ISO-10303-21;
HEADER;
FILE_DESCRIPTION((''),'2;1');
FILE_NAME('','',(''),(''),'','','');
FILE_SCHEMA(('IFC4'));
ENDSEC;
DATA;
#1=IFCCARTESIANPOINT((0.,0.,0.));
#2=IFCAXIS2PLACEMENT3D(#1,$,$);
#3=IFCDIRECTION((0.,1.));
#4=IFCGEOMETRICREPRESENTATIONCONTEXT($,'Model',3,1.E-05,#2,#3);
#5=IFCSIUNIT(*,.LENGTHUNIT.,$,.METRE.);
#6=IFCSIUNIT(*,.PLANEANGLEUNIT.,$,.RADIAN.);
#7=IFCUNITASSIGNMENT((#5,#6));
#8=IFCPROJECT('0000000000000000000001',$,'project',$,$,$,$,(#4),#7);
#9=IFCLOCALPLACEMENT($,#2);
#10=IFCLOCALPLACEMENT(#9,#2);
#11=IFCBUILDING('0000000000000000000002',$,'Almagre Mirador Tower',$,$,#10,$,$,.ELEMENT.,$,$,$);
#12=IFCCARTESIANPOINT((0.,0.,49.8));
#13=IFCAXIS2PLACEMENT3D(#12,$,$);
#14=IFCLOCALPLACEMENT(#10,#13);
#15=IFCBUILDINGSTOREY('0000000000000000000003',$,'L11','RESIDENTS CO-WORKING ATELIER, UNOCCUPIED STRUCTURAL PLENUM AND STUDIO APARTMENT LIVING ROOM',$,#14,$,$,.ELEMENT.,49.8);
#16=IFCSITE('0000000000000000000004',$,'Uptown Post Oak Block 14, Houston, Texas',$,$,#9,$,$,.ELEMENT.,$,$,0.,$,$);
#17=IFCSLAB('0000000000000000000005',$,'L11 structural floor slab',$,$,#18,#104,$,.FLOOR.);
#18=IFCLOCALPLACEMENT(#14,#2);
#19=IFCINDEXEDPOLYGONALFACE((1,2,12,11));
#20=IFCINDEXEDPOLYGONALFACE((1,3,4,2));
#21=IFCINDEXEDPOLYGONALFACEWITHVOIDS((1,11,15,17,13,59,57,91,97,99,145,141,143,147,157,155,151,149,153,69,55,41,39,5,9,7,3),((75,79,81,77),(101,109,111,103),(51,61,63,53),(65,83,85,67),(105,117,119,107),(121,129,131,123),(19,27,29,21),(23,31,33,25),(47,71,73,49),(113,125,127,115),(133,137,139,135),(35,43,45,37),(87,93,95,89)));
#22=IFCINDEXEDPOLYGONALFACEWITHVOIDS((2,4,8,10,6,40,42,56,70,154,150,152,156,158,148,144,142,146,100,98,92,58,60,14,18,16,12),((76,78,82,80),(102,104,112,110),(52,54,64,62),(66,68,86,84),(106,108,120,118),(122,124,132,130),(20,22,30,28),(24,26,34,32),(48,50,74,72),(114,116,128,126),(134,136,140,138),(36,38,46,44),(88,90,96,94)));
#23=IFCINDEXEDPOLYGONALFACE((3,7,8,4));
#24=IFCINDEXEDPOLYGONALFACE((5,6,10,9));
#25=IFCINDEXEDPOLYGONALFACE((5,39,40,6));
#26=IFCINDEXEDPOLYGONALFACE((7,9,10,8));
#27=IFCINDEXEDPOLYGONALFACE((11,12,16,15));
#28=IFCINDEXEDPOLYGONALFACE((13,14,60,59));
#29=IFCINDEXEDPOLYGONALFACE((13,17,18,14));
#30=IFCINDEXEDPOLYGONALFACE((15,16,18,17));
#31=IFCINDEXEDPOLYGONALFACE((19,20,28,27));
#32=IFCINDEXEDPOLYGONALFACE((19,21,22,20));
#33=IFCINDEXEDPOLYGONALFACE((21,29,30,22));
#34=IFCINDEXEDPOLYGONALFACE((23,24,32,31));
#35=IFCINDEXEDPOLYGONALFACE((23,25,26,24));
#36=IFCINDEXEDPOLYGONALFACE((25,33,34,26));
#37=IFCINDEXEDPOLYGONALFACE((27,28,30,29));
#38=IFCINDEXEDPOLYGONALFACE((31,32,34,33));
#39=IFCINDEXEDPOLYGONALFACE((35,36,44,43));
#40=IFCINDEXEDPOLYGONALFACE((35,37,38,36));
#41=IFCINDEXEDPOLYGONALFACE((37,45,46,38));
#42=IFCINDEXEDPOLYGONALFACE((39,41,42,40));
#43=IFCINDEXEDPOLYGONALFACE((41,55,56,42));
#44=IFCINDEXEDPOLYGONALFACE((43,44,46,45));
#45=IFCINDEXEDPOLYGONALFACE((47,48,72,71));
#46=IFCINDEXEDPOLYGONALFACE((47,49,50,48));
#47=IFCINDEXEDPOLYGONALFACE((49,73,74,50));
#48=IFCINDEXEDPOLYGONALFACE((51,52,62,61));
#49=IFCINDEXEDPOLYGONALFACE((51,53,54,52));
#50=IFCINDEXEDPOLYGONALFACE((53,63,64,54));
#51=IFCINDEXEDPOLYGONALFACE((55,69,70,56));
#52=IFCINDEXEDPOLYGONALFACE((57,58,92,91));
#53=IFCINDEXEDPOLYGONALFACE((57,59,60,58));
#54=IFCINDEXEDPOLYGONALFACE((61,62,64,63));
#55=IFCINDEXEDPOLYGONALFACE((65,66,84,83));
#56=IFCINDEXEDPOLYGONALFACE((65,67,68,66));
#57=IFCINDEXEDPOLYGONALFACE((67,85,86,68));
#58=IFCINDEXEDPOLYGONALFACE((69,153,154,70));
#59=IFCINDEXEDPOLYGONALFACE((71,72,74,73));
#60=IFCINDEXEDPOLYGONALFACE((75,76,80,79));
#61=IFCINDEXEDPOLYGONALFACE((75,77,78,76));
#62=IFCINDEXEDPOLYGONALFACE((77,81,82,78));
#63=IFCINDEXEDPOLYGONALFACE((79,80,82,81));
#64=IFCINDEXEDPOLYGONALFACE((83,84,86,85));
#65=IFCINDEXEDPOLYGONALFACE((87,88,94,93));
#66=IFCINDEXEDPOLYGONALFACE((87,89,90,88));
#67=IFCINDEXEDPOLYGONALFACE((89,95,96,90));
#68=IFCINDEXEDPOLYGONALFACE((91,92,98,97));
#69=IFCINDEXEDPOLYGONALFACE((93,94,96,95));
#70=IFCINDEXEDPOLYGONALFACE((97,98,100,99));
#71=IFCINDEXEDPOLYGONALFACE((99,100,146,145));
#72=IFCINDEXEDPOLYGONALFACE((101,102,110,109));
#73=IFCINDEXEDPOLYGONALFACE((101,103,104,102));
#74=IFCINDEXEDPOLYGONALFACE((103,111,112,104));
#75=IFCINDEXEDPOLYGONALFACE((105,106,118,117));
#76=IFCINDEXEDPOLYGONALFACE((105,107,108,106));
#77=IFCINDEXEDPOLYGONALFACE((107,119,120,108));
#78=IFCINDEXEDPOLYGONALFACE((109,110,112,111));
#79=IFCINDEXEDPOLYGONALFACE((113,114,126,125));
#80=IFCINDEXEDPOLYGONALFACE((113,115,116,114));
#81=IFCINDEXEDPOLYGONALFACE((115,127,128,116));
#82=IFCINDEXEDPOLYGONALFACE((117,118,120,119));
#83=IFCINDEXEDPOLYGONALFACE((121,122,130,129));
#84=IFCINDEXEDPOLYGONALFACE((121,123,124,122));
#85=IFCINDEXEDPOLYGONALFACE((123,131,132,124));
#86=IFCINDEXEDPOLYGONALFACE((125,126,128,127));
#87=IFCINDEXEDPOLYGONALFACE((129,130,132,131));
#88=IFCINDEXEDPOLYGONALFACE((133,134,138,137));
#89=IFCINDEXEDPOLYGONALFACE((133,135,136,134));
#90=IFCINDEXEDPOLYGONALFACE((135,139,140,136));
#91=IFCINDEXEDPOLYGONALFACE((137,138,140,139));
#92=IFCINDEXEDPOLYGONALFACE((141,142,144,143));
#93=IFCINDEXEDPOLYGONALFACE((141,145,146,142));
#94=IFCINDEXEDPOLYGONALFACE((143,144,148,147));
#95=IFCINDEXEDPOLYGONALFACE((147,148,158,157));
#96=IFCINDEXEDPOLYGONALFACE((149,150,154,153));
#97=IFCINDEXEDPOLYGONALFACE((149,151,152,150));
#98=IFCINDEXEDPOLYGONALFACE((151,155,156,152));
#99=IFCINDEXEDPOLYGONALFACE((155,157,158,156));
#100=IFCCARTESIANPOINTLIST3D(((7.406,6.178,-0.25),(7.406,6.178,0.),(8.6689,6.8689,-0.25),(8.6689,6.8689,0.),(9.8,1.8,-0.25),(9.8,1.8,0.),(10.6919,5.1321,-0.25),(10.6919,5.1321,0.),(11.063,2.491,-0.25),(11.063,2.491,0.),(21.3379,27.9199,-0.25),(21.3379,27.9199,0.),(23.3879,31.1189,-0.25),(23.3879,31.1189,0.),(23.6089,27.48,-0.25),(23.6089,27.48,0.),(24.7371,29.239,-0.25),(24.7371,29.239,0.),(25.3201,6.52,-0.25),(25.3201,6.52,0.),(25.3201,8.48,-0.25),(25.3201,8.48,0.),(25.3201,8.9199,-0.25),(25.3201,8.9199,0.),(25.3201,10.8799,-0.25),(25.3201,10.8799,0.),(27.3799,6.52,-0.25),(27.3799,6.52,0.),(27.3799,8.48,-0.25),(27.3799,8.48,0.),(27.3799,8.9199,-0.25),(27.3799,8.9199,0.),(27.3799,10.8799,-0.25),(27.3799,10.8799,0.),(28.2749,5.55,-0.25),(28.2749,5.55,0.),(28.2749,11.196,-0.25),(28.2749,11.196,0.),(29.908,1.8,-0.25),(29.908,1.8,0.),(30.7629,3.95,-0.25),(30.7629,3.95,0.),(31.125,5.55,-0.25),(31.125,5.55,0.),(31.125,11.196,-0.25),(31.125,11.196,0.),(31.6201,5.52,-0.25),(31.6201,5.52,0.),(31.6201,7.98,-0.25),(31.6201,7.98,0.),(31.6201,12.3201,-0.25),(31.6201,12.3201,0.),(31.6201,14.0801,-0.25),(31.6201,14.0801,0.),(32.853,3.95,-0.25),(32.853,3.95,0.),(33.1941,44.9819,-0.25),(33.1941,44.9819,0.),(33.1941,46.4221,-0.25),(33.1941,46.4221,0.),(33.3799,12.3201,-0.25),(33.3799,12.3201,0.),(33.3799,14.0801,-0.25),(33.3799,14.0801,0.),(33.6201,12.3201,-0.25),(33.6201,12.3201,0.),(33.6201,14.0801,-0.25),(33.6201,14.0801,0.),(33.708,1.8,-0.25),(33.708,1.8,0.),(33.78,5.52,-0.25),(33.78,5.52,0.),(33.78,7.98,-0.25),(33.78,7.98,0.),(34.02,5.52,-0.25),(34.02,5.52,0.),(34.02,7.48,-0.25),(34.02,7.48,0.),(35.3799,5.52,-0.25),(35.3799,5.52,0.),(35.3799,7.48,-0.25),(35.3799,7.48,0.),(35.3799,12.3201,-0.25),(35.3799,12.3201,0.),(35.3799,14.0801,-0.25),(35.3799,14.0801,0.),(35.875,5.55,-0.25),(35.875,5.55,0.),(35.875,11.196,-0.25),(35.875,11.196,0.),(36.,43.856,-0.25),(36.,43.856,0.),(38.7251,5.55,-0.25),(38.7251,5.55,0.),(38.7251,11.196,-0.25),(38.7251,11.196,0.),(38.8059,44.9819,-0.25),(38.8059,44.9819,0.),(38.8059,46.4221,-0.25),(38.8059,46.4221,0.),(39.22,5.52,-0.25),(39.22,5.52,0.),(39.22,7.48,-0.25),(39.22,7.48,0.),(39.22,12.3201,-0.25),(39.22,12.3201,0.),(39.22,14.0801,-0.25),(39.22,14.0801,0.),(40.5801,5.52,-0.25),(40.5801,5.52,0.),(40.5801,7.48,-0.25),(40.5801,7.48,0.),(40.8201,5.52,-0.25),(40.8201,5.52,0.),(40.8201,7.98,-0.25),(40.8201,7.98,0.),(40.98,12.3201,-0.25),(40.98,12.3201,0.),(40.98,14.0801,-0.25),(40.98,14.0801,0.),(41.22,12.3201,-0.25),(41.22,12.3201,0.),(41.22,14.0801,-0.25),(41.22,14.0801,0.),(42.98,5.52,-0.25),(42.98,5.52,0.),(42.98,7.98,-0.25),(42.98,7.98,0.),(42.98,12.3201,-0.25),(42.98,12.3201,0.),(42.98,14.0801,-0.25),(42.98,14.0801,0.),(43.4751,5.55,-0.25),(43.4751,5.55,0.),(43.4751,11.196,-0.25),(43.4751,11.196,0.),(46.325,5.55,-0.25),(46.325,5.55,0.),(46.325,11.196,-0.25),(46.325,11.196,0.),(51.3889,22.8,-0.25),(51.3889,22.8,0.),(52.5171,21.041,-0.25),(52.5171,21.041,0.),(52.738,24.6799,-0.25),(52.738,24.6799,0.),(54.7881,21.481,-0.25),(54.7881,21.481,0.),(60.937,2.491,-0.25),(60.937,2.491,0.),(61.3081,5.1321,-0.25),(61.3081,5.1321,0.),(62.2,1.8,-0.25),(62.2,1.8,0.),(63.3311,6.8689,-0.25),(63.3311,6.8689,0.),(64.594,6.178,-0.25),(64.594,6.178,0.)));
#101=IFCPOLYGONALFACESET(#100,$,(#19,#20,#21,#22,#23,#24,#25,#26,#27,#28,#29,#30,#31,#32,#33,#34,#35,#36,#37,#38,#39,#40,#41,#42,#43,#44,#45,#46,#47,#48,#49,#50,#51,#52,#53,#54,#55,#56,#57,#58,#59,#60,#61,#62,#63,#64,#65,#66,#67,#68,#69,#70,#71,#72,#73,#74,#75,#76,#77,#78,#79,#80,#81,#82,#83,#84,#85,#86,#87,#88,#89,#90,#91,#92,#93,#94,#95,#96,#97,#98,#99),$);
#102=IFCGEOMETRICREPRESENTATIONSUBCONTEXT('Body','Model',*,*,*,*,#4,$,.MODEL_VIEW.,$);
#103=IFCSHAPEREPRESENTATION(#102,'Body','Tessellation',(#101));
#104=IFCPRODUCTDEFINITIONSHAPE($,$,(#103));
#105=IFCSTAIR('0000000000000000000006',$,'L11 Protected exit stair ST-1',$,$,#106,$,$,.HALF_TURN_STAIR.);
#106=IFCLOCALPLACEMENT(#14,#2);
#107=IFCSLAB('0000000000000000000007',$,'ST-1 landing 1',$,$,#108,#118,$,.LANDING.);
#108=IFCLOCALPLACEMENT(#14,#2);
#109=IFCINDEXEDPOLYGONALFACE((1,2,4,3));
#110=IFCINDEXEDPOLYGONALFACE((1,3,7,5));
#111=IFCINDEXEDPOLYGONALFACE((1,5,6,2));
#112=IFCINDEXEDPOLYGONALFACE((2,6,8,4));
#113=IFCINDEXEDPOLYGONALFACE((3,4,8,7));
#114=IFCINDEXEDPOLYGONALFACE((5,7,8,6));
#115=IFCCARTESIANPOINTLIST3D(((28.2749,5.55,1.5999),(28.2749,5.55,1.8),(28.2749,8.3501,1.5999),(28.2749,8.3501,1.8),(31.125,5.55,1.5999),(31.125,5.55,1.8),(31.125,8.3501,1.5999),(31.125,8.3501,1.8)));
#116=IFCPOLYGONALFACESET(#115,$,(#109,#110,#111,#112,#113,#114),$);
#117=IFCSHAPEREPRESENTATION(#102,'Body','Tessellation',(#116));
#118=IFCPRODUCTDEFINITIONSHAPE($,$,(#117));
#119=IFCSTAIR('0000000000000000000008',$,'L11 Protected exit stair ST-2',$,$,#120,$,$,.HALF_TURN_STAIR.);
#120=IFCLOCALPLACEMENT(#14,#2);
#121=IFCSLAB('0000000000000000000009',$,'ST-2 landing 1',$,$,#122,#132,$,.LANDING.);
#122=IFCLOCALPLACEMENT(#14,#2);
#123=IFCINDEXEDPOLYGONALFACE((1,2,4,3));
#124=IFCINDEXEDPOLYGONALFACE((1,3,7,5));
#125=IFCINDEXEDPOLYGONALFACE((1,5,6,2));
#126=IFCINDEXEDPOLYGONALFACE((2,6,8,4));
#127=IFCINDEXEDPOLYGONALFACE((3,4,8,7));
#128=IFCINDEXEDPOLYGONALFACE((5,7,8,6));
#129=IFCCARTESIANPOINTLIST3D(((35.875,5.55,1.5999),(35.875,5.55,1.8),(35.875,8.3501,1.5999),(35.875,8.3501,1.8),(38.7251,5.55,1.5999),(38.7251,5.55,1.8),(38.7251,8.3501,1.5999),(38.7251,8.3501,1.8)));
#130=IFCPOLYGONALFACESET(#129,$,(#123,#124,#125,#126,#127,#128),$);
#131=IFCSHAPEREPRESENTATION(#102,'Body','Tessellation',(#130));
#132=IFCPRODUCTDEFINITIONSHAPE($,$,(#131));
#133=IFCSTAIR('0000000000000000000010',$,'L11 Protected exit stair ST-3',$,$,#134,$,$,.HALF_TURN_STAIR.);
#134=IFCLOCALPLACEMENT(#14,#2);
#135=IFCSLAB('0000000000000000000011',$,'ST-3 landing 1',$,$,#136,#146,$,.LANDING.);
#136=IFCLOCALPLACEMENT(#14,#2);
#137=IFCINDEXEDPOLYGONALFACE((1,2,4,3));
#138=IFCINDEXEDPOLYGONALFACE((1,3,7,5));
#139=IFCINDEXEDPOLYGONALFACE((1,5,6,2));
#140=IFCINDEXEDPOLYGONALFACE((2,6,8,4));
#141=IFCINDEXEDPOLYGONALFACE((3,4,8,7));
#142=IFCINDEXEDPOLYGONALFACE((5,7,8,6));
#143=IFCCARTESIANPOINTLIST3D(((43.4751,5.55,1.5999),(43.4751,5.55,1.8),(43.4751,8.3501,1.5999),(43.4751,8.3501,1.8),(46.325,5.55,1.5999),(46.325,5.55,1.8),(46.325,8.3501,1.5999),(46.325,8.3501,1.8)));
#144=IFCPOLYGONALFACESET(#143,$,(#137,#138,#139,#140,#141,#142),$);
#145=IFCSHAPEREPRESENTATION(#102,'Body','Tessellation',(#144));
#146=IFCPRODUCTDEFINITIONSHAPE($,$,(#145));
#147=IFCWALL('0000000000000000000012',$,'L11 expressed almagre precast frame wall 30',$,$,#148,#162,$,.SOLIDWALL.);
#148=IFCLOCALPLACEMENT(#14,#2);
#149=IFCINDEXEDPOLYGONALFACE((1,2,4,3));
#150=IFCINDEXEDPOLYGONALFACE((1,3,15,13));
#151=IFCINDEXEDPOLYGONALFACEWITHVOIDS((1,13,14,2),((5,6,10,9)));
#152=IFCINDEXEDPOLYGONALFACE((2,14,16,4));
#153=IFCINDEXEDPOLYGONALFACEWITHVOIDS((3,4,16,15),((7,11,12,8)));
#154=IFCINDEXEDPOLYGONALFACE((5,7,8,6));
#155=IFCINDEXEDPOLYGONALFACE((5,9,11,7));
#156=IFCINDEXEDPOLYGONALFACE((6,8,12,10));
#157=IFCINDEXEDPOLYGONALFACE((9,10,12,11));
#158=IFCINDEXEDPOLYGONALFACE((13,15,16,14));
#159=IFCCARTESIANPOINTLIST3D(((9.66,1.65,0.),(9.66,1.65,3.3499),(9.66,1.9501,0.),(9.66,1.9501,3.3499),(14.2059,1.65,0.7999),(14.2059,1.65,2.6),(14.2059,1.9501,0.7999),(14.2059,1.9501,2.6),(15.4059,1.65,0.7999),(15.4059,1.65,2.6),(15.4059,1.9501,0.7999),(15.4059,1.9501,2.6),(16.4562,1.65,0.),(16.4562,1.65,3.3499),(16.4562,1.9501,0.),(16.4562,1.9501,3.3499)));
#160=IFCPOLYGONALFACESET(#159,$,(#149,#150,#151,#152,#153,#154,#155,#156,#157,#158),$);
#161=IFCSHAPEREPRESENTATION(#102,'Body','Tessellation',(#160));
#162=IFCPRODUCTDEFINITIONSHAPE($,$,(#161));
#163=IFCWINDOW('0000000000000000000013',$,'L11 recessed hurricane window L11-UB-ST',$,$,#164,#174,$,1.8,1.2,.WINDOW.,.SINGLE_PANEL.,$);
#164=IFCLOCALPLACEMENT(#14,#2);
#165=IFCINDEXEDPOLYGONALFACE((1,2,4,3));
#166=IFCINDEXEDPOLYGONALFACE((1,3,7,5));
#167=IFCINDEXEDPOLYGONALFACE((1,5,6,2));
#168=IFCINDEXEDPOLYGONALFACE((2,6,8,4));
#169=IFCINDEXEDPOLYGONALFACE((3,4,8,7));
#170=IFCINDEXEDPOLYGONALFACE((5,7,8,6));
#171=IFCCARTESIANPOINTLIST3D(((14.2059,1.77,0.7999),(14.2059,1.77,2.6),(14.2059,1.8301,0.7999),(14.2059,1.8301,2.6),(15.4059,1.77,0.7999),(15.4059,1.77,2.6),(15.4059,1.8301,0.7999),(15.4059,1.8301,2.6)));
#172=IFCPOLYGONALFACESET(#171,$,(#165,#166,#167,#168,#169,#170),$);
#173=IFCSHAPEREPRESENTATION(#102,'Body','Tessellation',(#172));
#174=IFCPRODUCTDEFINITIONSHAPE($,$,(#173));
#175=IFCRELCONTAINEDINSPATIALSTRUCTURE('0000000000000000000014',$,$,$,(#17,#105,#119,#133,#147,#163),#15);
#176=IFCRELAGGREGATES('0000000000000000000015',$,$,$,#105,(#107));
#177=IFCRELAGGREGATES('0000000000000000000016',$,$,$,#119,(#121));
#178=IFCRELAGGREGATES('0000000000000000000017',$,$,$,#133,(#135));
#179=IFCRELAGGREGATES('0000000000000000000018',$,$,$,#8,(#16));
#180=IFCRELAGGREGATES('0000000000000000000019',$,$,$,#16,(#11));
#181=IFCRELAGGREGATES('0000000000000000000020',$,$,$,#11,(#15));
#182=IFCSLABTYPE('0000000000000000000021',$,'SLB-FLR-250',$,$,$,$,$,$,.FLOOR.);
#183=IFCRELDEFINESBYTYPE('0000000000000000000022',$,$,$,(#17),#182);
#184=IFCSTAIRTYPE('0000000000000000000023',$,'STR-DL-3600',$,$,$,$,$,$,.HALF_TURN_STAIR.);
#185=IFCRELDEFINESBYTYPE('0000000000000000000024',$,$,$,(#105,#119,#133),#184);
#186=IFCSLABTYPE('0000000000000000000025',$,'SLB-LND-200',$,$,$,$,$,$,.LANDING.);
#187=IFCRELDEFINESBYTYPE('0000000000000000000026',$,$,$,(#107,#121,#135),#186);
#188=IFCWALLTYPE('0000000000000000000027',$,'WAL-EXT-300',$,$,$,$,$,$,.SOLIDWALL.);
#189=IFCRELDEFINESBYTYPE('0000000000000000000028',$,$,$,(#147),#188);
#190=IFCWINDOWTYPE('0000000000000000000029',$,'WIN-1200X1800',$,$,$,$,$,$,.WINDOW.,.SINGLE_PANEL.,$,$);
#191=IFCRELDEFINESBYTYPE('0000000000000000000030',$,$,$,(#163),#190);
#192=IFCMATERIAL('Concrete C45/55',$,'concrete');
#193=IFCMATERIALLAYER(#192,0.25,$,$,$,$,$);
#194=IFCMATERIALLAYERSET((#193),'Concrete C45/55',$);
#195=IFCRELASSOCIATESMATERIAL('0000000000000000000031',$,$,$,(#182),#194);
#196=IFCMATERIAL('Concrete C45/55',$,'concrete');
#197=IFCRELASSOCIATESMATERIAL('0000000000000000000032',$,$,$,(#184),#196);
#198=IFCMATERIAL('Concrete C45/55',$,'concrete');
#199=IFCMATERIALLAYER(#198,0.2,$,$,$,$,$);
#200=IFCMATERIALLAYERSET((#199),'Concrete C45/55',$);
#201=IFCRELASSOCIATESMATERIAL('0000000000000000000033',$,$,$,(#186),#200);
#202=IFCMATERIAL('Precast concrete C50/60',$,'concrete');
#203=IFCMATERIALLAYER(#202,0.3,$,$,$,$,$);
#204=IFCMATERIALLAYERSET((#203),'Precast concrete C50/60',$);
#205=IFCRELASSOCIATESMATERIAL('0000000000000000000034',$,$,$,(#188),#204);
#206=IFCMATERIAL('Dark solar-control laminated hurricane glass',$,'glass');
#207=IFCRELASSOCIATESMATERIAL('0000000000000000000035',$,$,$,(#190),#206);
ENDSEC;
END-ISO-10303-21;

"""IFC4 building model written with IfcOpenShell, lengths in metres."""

from ifc_helpers import new_model, si_unit, direction, frame, frame_2d, origin, place, context, subcontext, project, spatial, polyline, rectangle, outline, extrude, material, layer, layer_set, type_object, element, fill, aggregate, save


model = new_model("IFC4")

# Units and contexts
model_context = context("Model", 3, precision=1e-05, world=origin(), true_north=direction((0.0, 1.0)))
body_context = subcontext(model_context, "Body", "Model", "MODEL_VIEW")
ifc_project = project(units=[si_unit("LENGTHUNIT", "METRE"), si_unit("PLANEANGLEUNIT", "RADIAN")], contexts=[model_context])

# Site, building, storey
site_placement = place(None, origin())
site = spatial("IfcSite", under=ifc_project, at=site_placement, Name="Uptown Post Oak Block 14, Houston, Texas", CompositionType="ELEMENT", RefElevation=0.0)
building_placement = place(site_placement, origin())
building = spatial("IfcBuilding", under=site, at=building_placement, Name="Almagre Mirador Tower", CompositionType="ELEMENT")
storey_placement = place(building_placement, frame((0.0, 0.0, 49.8)))
storey = spatial("IfcBuildingStorey", under=building, at=storey_placement, Name="L11", Description="RESIDENTS CO-WORKING ATELIER, UNOCCUPIED STRUCTURAL PLENUM AND STUDIO APARTMENT LIVING ROOM", CompositionType="ELEMENT", Elevation=49.8)

# Slab
ifc_material_1 = material(Name="Concrete C45/55", Category="concrete")
ifc_layer_1 = layer(ifc_material_1, 0.25)
ifc_layer_set_1 = layer_set([ifc_layer_1], Name="Concrete C45/55")
slab_type_1 = type_object("IfcSlabType", Name="SLB-FLR-250", PredefinedType="FLOOR", material=ifc_layer_set_1)
slab_1_placement = place(storey_placement, frame((0.0, 0.0, -0.25)))
element("IfcSlab", 1, at=slab_1_placement, inside=storey, type_object=slab_type_1, Name="L11 structural floor slab", PredefinedType="FLOOR", context=body_context, shape_type="SweptSolid", body=[
    extrude(outline(polyline([(7.406, 6.178), (8.6689, 6.8689), (10.6919, 5.1321), (11.063, 2.491), (9.8, 1.8), (29.908, 1.8), (30.7629, 3.95), (32.853, 3.95), (33.708, 1.8), (62.2, 1.8), (60.937, 2.491), (61.3081, 5.1321), (63.3311, 6.8689), (64.594, 6.178), (54.7881, 21.481), (52.5171, 21.041), (51.3889, 22.8), (52.738, 24.6799), (38.8059, 46.4221), (38.8059, 44.9819), (36.0, 43.856), (33.1941, 44.9819), (33.1941, 46.4221), (23.3879, 31.1189), (24.7371, 29.239), (23.6089, 27.48), (21.3379, 27.9199), (7.406, 6.178)]), holes=[polyline([(43.4751, 11.196), (46.325, 11.196), (46.325, 5.55), (43.4751, 5.55), (43.4751, 11.196)]), polyline([(40.8201, 5.52), (40.8201, 7.98), (42.98, 7.98), (42.98, 5.52), (40.8201, 5.52)]), polyline([(41.22, 12.3201), (41.22, 14.0801), (42.98, 14.0801), (42.98, 12.3201), (41.22, 12.3201)]), polyline([(39.22, 12.3201), (39.22, 14.0801), (40.98, 14.0801), (40.98, 12.3201), (39.22, 12.3201)]), polyline([(39.22, 5.52), (39.22, 7.48), (40.5801, 7.48), (40.5801, 5.52), (39.22, 5.52)]), polyline([(35.875, 11.196), (38.7251, 11.196), (38.7251, 5.55), (35.875, 5.55), (35.875, 11.196)]), polyline([(35.3799, 5.52), (34.02, 5.52), (34.02, 7.48), (35.3799, 7.48), (35.3799, 5.52)]), polyline([(35.3799, 12.3201), (33.6201, 12.3201), (33.6201, 14.0801), (35.3799, 14.0801), (35.3799, 12.3201)]), polyline([(31.6201, 5.52), (31.6201, 7.98), (33.78, 7.98), (33.78, 5.52), (31.6201, 5.52)]), polyline([(31.6201, 12.3201), (31.6201, 14.0801), (33.3799, 14.0801), (33.3799, 12.3201), (31.6201, 12.3201)]), polyline([(28.2749, 5.55), (28.2749, 11.196), (31.125, 11.196), (31.125, 5.55), (28.2749, 5.55)]), polyline([(25.3201, 6.52), (25.3201, 8.48), (27.3799, 8.48), (27.3799, 6.52), (25.3201, 6.52)]), polyline([(25.3201, 8.9199), (25.3201, 10.8799), (27.3799, 10.8799), (27.3799, 8.9199), (25.3201, 8.9199)])]), origin(), (0.0, 0.0, 1.0), 0.25),
])

# Stairs, slabs
ifc_material_2 = material(Name="Concrete C45/55", Category="concrete")
stair_type = type_object("IfcStairType", Name="STR-DL-3600", PredefinedType="HALF_TURN_STAIR", material=ifc_material_2)
stair_1_placement = place(storey_placement, origin())
stair_1 = element("IfcStair", 2, at=stair_1_placement, inside=storey, type_object=stair_type, Name="L11 Protected exit stair ST-1", PredefinedType="HALF_TURN_STAIR")
ifc_material_3 = material(Name="Concrete C45/55", Category="concrete")
ifc_layer_2 = layer(ifc_material_3, 0.2)
ifc_layer_set_2 = layer_set([ifc_layer_2], Name="Concrete C45/55")
slab_type_2 = type_object("IfcSlabType", Name="SLB-LND-200", PredefinedType="LANDING", material=ifc_layer_set_2)
slab_2_placement = place(storey_placement, frame((0.0, 0.0, 1.5999)))
slab_2 = element("IfcSlab", 3, at=slab_2_placement, type_object=slab_type_2, Name="ST-1 landing 1", PredefinedType="LANDING", context=body_context, shape_type="SweptSolid", body=[
    extrude(outline(polyline([(28.2749, 8.3501), (28.2749, 5.55), (31.125, 5.55), (31.125, 8.3501), (28.2749, 8.3501)])), origin(), (0.0, 0.0, 1.0), 0.2002),
])
aggregate(stair_1, [slab_2])
stair_2_placement = place(storey_placement, origin())
stair_2 = element("IfcStair", 4, at=stair_2_placement, inside=storey, type_object=stair_type, Name="L11 Protected exit stair ST-2", PredefinedType="HALF_TURN_STAIR")
slab_3_placement = place(storey_placement, frame((0.0, 0.0, 1.5999)))
slab_3 = element("IfcSlab", 5, at=slab_3_placement, type_object=slab_type_2, Name="ST-2 landing 1", PredefinedType="LANDING", context=body_context, shape_type="SweptSolid", body=[
    extrude(outline(polyline([(35.875, 8.3501), (35.875, 5.55), (38.7251, 5.55), (38.7251, 8.3501), (35.875, 8.3501)])), origin(), (0.0, 0.0, 1.0), 0.2002),
])
aggregate(stair_2, [slab_3])
stair_3_placement = place(storey_placement, origin())
stair_3 = element("IfcStair", 6, at=stair_3_placement, inside=storey, type_object=stair_type, Name="L11 Protected exit stair ST-3", PredefinedType="HALF_TURN_STAIR")
slab_4_placement = place(storey_placement, frame((0.0, 0.0, 1.5999)))
slab_4 = element("IfcSlab", 7, at=slab_4_placement, type_object=slab_type_2, Name="ST-3 landing 1", PredefinedType="LANDING", context=body_context, shape_type="SweptSolid", body=[
    extrude(outline(polyline([(43.4751, 8.3501), (43.4751, 5.55), (46.325, 5.55), (46.325, 8.3501), (43.4751, 8.3501)])), origin(), (0.0, 0.0, 1.0), 0.2002),
])
aggregate(stair_3, [slab_4])

# Wall, opening, window
ifc_material_4 = material(Name="Precast concrete C50/60", Category="concrete")
ifc_layer_3 = layer(ifc_material_4, 0.3)
ifc_layer_set_3 = layer_set([ifc_layer_3], Name="Precast concrete C50/60")
wall_type_1 = type_object("IfcWallType", Name="WAL-EXT-300", PredefinedType="SOLIDWALL", material=ifc_layer_set_3)
wall_1_placement = place(storey_placement, frame((16.4561, 1.8, 0.0), z_axis=(0.0, 0.0, 1.0), x_axis=(-1.0, 0.0, 0.0)))
wall_1 = element("IfcWall", 8, at=wall_1_placement, inside=storey, type_object=wall_type_1, Name="L11 expressed almagre precast frame wall 30", PredefinedType="SOLIDWALL", context=body_context, shape_type="SweptSolid", body=[
    extrude(rectangle(XDim=6.7961, YDim=0.3, at=frame_2d((3.3979, 0.0))), origin(), (0.0, 0.0, 1.0), 3.3499),
])
opening_1_placement = place(wall_1_placement, frame((1.05, 0.0, 0.8)))
opening_1 = element("IfcOpeningElement", 9, at=opening_1_placement, cuts=wall_1, PredefinedType="OPENING", context=body_context, shape_type="SweptSolid", body=[
    extrude(rectangle(XDim=1.2, YDim=1.8, at=frame_2d((0.6001, 0.8999))), frame((0.0, 0.1599, 0.0), z_axis=(0.0, -1.0, 0.0), x_axis=(1.0, 0.0, 0.0)), (0.0, 0.0, 1.0), 0.32),
])
ifc_material_5 = material(Name="Dark solar-control laminated hurricane glass", Category="glass")
window_type_1 = type_object("IfcWindowType", Name="WIN-1200X1800", PartitioningType="SINGLE_PANEL", PredefinedType="WINDOW", material=ifc_material_5)
window_1_placement = place(opening_1_placement, origin())
window_1 = element("IfcWindow", 10, at=window_1_placement, inside=storey, type_object=window_type_1, Name="L11 recessed hurricane window L11-UB-ST", OverallHeight=1.8, OverallWidth=1.2, PartitioningType="SINGLE_PANEL", PredefinedType="WINDOW", context=body_context, shape_type="SweptSolid", body=[
    extrude(rectangle(XDim=1.2, YDim=1.8, at=frame_2d((0.6001, 0.8999))), frame((0.0, 0.03, 0.0), z_axis=(0.0, -1.0, 0.0), x_axis=(1.0, 0.0, 0.0)), (0.0, 0.0, 1.0), 0.0601),
])
fill(opening_1, window_1)

save(model, "model.ifc")
